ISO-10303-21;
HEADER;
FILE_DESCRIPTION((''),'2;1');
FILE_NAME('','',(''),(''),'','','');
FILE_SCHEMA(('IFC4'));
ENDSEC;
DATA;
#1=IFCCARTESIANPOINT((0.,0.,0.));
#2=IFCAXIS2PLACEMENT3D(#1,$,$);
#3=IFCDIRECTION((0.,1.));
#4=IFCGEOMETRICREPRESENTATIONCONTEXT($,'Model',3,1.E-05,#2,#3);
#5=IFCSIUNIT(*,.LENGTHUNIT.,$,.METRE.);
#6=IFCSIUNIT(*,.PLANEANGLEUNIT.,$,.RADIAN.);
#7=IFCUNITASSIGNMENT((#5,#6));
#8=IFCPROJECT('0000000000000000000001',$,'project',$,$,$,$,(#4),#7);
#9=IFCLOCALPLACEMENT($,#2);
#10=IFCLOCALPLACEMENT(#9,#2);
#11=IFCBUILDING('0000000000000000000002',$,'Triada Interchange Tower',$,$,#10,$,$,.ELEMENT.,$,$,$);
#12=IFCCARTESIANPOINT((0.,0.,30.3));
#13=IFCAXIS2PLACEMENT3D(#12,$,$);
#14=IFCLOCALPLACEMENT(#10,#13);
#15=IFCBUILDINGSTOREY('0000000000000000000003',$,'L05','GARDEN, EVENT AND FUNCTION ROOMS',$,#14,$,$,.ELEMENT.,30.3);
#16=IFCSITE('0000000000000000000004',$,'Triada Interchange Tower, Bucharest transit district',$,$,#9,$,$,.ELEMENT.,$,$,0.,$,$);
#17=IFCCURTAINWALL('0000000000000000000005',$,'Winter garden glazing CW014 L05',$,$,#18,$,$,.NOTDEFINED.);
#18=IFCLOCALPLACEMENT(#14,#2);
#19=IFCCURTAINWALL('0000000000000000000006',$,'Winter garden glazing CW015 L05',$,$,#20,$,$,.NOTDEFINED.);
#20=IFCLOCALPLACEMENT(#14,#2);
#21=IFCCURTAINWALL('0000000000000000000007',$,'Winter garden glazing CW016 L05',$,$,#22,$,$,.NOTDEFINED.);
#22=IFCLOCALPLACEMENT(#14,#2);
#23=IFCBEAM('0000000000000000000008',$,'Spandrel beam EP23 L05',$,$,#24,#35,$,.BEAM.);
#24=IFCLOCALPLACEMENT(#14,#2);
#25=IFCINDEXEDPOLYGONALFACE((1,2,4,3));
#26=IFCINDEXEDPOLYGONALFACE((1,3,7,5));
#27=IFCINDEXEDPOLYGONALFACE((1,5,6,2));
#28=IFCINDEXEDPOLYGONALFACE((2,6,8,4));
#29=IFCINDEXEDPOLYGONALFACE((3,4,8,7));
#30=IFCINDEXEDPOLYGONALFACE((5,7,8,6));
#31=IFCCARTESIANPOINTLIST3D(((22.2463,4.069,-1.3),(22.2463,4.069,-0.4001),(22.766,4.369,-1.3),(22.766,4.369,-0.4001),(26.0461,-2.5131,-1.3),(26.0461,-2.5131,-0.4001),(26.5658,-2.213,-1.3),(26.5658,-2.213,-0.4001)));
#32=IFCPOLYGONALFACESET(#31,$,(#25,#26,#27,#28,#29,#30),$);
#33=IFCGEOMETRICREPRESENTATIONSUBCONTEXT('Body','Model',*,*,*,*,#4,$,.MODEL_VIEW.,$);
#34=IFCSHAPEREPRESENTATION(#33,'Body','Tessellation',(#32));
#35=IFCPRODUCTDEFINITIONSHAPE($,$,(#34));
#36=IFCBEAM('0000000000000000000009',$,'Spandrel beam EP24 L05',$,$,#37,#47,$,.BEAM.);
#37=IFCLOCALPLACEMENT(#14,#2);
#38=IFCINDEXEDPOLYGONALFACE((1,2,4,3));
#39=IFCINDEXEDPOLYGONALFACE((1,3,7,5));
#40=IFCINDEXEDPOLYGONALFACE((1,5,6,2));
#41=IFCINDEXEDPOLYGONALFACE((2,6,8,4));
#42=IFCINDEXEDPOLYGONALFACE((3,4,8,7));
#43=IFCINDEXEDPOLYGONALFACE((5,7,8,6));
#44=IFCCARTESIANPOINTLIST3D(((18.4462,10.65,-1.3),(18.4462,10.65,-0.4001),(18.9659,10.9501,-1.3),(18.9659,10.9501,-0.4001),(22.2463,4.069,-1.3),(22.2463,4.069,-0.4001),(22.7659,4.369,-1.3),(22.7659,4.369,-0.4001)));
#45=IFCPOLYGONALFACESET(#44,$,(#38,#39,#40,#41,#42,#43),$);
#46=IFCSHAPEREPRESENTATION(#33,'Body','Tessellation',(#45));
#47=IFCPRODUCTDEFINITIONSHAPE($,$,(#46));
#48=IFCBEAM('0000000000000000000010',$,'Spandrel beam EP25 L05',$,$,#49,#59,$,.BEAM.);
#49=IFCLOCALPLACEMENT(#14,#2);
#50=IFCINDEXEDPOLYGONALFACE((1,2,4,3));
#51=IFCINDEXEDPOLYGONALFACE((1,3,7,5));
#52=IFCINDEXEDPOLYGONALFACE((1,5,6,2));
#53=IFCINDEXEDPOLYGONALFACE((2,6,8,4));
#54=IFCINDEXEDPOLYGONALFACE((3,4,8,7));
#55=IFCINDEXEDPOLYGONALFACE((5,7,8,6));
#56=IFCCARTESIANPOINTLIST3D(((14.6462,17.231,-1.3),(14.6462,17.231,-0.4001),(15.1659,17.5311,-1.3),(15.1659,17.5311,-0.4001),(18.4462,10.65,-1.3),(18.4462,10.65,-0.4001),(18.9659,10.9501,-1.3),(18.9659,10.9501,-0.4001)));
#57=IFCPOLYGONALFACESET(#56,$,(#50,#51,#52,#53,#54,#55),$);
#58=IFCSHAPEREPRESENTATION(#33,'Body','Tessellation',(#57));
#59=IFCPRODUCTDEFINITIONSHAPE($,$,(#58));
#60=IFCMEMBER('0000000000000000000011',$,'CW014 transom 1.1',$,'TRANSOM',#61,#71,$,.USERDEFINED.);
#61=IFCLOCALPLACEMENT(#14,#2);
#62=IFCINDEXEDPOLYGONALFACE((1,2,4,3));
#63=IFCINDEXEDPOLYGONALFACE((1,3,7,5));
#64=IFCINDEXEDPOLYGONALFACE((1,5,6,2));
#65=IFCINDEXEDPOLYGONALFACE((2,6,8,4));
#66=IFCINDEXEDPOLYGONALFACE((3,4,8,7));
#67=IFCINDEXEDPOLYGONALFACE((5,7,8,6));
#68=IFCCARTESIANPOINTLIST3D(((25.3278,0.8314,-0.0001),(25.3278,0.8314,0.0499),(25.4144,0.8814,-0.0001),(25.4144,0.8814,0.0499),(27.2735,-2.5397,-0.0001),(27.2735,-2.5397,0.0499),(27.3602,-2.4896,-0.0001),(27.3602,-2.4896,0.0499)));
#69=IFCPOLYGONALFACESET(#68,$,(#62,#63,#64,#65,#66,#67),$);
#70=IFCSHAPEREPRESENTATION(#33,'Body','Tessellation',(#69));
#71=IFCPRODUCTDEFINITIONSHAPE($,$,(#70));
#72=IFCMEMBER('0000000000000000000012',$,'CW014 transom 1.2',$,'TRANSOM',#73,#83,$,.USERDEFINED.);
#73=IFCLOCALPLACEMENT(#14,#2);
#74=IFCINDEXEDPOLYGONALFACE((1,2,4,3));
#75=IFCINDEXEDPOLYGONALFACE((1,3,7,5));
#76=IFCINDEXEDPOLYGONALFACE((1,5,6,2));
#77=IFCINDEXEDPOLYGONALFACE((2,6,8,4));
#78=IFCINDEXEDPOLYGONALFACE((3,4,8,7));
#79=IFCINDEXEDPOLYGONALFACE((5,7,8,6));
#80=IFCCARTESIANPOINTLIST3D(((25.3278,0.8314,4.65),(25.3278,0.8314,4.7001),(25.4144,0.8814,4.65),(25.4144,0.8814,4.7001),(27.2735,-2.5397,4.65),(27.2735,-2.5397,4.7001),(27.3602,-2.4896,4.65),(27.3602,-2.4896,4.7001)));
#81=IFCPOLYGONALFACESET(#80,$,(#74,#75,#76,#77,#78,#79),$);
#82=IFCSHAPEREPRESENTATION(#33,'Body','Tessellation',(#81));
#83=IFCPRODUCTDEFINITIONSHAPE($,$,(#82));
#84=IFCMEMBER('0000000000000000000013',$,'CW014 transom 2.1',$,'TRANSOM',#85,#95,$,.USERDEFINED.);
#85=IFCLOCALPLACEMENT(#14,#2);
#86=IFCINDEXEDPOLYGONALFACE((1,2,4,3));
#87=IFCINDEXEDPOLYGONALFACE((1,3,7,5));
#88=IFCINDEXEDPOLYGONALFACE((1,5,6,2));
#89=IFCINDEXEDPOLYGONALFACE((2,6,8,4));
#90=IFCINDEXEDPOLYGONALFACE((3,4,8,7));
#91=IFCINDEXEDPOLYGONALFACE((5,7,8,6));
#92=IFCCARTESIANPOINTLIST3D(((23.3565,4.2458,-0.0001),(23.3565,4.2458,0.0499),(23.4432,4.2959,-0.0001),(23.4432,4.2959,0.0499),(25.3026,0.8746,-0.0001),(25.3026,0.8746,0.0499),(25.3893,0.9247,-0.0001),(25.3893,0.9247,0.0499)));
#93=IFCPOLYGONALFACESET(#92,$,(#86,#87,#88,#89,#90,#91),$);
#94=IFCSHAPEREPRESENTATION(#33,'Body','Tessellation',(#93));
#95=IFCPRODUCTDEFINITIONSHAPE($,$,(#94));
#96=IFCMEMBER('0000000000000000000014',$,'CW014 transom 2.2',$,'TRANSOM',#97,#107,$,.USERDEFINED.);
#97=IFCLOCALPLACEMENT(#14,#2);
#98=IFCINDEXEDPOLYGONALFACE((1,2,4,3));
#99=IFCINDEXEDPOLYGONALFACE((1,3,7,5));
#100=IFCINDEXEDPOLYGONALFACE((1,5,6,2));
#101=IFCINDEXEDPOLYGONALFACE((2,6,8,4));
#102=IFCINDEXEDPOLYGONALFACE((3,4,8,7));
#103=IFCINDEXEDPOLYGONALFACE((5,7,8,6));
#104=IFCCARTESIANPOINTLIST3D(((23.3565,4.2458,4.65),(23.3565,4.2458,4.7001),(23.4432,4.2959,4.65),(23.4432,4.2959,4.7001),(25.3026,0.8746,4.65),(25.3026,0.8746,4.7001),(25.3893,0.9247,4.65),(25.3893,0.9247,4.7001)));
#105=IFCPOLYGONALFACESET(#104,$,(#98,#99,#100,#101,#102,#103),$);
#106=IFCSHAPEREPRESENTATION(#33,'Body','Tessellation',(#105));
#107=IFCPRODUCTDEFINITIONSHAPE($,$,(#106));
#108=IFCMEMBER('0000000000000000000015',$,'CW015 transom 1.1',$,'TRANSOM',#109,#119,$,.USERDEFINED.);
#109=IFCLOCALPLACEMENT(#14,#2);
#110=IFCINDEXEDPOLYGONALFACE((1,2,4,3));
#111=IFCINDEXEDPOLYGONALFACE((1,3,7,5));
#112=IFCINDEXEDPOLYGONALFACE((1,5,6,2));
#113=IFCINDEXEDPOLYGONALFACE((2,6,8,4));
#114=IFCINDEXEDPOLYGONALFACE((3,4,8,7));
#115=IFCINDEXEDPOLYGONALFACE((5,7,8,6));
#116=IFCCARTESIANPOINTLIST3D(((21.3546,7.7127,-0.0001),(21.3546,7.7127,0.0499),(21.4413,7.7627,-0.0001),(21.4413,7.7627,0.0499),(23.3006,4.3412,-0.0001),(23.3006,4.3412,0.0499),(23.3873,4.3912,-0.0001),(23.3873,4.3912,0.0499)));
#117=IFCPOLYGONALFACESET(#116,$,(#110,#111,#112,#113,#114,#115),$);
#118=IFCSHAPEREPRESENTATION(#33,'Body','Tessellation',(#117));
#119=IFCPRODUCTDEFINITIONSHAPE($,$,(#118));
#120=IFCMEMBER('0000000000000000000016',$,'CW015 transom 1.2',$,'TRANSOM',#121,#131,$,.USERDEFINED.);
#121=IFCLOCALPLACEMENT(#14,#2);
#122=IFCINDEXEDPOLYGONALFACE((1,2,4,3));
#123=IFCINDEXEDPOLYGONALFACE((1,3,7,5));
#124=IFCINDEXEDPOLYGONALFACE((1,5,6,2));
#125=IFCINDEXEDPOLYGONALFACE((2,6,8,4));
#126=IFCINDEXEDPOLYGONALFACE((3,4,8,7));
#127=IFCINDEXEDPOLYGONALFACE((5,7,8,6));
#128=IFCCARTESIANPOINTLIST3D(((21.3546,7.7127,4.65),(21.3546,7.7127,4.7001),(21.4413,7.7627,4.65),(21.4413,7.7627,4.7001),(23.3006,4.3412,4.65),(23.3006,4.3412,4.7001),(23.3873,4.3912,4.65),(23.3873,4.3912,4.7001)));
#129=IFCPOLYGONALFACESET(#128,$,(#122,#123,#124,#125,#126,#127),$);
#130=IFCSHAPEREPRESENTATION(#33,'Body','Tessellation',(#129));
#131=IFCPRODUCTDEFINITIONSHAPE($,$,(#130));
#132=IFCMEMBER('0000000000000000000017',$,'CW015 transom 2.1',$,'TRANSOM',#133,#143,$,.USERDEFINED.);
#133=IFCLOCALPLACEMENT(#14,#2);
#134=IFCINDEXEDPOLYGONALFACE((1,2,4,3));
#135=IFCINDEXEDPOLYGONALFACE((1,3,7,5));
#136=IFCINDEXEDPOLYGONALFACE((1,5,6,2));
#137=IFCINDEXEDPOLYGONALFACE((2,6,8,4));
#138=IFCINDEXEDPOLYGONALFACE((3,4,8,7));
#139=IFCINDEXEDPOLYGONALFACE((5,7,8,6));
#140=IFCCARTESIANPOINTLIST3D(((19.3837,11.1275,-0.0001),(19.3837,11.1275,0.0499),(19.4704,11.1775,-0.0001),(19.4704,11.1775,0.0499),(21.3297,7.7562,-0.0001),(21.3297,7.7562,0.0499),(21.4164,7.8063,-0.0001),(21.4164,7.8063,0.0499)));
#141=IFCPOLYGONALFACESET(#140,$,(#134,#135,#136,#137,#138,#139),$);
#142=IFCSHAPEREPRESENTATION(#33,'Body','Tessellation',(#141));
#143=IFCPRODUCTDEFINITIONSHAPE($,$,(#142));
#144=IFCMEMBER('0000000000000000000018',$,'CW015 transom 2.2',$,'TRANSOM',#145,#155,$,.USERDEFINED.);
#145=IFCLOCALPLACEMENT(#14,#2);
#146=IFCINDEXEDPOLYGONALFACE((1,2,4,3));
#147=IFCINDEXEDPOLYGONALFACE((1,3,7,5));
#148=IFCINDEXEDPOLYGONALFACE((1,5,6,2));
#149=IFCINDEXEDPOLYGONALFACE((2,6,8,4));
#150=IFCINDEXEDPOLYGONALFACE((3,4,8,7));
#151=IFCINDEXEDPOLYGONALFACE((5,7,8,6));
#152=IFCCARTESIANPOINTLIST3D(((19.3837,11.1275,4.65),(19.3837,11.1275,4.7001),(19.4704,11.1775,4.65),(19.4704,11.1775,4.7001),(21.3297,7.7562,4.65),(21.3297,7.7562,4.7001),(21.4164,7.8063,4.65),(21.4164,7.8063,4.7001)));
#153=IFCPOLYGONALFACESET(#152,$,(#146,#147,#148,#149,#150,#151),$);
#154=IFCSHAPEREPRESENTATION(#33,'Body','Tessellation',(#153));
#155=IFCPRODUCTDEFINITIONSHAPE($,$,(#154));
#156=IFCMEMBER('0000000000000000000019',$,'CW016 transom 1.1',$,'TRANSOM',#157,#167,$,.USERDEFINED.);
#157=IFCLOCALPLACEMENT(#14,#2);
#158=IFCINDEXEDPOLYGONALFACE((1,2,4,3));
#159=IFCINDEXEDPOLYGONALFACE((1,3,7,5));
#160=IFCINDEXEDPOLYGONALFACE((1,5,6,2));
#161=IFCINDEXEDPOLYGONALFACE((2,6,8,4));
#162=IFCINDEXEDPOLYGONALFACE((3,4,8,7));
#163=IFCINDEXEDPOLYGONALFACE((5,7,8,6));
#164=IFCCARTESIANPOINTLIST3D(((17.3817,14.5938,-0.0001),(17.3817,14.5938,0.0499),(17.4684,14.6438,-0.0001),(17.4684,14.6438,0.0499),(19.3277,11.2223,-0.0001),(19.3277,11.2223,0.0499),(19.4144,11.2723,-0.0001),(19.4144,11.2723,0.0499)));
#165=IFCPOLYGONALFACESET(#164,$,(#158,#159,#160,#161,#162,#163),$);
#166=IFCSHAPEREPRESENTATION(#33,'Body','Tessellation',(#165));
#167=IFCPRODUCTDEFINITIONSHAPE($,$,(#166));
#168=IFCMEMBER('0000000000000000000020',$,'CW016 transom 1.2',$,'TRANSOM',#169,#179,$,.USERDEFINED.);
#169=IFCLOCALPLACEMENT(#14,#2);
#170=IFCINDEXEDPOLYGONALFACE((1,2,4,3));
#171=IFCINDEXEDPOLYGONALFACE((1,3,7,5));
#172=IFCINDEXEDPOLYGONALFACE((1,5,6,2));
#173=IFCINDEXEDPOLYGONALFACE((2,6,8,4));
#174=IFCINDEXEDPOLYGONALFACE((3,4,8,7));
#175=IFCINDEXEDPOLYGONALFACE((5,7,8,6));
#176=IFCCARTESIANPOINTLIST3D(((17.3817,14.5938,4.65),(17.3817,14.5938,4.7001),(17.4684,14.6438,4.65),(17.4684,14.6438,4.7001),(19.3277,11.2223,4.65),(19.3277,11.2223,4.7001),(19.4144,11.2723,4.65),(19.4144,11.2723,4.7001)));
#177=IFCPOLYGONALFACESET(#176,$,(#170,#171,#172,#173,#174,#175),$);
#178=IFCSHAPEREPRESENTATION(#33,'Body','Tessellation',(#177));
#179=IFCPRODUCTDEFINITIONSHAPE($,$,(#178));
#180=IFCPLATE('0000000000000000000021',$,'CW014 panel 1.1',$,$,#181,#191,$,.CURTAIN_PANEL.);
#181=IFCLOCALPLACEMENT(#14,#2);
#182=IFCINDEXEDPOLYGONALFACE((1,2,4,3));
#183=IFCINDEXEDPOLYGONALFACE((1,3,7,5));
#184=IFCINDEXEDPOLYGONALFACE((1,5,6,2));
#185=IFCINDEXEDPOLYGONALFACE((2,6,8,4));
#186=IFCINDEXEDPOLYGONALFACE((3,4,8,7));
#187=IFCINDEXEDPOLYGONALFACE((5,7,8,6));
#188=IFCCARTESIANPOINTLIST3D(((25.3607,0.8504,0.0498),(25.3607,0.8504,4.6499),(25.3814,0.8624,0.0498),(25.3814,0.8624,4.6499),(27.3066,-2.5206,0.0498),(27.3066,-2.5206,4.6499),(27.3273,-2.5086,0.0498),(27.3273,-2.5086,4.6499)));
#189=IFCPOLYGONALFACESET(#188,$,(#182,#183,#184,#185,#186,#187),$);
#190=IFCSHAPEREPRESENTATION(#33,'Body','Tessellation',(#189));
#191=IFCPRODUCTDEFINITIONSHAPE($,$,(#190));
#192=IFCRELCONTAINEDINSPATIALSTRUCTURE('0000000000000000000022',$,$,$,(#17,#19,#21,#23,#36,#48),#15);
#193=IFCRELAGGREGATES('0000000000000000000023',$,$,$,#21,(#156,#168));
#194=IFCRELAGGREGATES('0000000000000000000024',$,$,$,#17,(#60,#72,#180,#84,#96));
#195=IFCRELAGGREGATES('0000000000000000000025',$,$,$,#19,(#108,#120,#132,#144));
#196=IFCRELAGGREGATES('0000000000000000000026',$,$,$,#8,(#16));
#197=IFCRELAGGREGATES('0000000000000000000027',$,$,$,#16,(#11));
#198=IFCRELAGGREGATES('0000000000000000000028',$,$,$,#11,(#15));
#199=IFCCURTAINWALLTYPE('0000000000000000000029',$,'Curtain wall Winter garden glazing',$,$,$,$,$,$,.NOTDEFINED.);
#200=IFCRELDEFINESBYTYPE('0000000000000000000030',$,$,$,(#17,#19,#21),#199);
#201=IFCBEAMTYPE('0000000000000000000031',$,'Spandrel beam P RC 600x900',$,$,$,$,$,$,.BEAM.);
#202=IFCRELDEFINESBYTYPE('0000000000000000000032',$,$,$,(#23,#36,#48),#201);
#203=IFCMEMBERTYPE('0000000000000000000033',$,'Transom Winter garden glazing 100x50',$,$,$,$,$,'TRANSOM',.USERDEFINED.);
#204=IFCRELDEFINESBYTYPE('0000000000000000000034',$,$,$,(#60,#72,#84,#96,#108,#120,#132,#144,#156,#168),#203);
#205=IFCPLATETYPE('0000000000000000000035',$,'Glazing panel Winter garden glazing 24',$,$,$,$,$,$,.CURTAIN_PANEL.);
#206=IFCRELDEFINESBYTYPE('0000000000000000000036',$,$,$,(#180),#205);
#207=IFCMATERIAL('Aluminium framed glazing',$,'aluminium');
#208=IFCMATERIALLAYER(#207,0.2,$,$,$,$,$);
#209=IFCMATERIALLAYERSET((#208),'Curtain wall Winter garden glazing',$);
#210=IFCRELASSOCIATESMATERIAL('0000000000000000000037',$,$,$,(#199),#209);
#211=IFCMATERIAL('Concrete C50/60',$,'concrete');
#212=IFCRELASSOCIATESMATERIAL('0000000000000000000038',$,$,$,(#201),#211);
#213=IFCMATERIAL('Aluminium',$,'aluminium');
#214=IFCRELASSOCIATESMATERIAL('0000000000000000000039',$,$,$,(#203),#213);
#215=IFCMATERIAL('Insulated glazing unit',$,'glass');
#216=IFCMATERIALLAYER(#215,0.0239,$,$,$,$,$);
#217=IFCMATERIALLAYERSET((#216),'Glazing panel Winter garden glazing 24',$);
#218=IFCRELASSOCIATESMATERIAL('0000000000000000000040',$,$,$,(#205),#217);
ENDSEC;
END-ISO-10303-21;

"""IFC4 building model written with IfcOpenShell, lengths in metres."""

from ifc_helpers import new_model, si_unit, direction, frame, origin, origin_2d, place, context, subcontext, project, spatial, rectangle, extrude, material, layer, layer_set, material_profile, profile_set, type_object, element, aggregate, save


model = new_model("IFC4")

# Units and contexts
model_context = context("Model", 3, precision=1e-05, world=origin(), true_north=direction((0.0, 1.0)))
body_context = subcontext(model_context, "Body", "Model", "MODEL_VIEW")
ifc_project = project(units=[si_unit("LENGTHUNIT", "METRE"), si_unit("PLANEANGLEUNIT", "RADIAN")], contexts=[model_context])

# Site, building, storey
site_placement = place(None, origin())
site = spatial("IfcSite", under=ifc_project, at=site_placement, Name="Triada Interchange Tower, Bucharest transit district", CompositionType="ELEMENT", RefElevation=0.0)
building_placement = place(site_placement, origin())
building = spatial("IfcBuilding", under=site, at=building_placement, Name="Triada Interchange Tower", CompositionType="ELEMENT")
storey_placement = place(building_placement, frame((0.0, 0.0, 30.3)))
storey = spatial("IfcBuildingStorey", under=building, at=storey_placement, Name="L05", Description="GARDEN, EVENT AND FUNCTION ROOMS", CompositionType="ELEMENT", Elevation=30.3)

# Shared definitions
ifc_material_1 = material(Name="Aluminium framed glazing", Category="aluminium")
ifc_layer_1 = layer(ifc_material_1, 0.2)
ifc_layer_set_1 = layer_set([ifc_layer_1], Name="Curtain wall Winter garden glazing")
curtain_wall_type = type_object("IfcCurtainWallType", Name="Curtain wall Winter garden glazing", PredefinedType="NOTDEFINED", material=ifc_layer_set_1)
ifc_material_2 = material(Name="Aluminium", Category="aluminium")

# Curtain walls
curtain_wall_1_placement = place(storey_placement, origin())
curtain_wall_1 = element("IfcCurtainWall", 1, at=curtain_wall_1_placement, inside=storey, type_object=curtain_wall_type, Name="Winter garden glazing CW014 L05", PredefinedType="NOTDEFINED")
curtain_wall_2_placement = place(storey_placement, origin())
curtain_wall_2 = element("IfcCurtainWall", 2, at=curtain_wall_2_placement, inside=storey, type_object=curtain_wall_type, Name="Winter garden glazing CW015 L05", PredefinedType="NOTDEFINED")

# Curtain wall
curtain_wall_3_placement = place(storey_placement, origin())
curtain_wall_3 = element("IfcCurtainWall", 3, at=curtain_wall_3_placement, inside=storey, type_object=curtain_wall_type, Name="Winter garden glazing CW016 L05", PredefinedType="NOTDEFINED")

# Beams
ifc_material_3 = material(Name="Concrete C50/60", Category="concrete")
ifc_material_profile_1 = material_profile(ifc_material_3, rectangle(XDim=0.6001, YDim=0.8999, at=origin_2d()), Name="RC 600x900")
ifc_profile_set_1 = profile_set([ifc_material_profile_1], Name="Concrete C50/60")
beam_type_1 = type_object("IfcBeamType", Name="Spandrel beam P RC 600x900", PredefinedType="BEAM", material=ifc_profile_set_1)
beam_1_placement = place(storey_placement, frame((26.3059, -2.363, -0.8501), z_axis=(-0.499967, 0.866044, 0.0), x_axis=(-0.866044, -0.499967, 0.0)))
element("IfcBeam", 4, at=beam_1_placement, inside=storey, type_object=beam_type_1, Name="Spandrel beam EP23 L05", PredefinedType="BEAM", context=body_context, shape_type="SweptSolid", body=[
    extrude(rectangle(XDim=0.6001, YDim=0.8999, at=origin_2d()), origin(), (0.0, 0.0, 1.0), 7.6001),
])
for number, where, z_axis, x_axis, name in (
    (5, (22.5061, 4.219, -0.8501), (-0.500047, 0.865998, 0.0), (-0.865998, -0.500047, 0.0), "Spandrel beam EP24 L05"),
    (6, (18.7061, 10.8, -0.8501), (-0.500047, 0.865998, 0.0), (-0.865998, -0.500047, 0.0), "Spandrel beam EP25 L05"),
):
    element("IfcBeam", number, at=place(storey_placement, frame(where, z_axis=z_axis, x_axis=x_axis)), inside=storey, type_object=beam_type_1, Name=name, PredefinedType="BEAM", context=body_context, shape_type="SweptSolid", body=[
        extrude(rectangle(XDim=0.6001, YDim=0.8999, at=origin_2d()), origin(), (0.0, 0.0, 1.0), 7.5994),
    ])

# Members
ifc_material_profile_2 = material_profile(ifc_material_2, rectangle(XDim=0.1001, YDim=0.05, at=origin_2d()), Name="Aluminium transom")
ifc_profile_set_2 = profile_set([ifc_material_profile_2], Name="Aluminium")
member_type_1 = type_object("IfcMemberType", Name="Transom Winter garden glazing 100x50", ElementType="TRANSOM", PredefinedType="USERDEFINED", material=ifc_profile_set_2)
member_1_placement = place(storey_placement, frame((27.3169, -2.5146, 0.0249), z_axis=(-0.499903, 0.866081, 0.0), x_axis=(-0.866081, -0.499903, 0.0)))
member_1 = element("IfcMember", 7, at=member_1_placement, type_object=member_type_1, Name="CW014 transom 1.1", ObjectType="TRANSOM", PredefinedType="USERDEFINED", context=body_context, shape_type="SweptSolid", body=[
    extrude(rectangle(XDim=0.1001, YDim=0.05, at=origin_2d()), origin(), (0.0, 0.0, 1.0), 3.8923),
])
member_2_placement = place(storey_placement, frame((27.3169, -2.5146, 4.675), z_axis=(-0.499903, 0.866081, 0.0), x_axis=(-0.866081, -0.499903, 0.0)))
member_2 = element("IfcMember", 8, at=member_2_placement, type_object=member_type_1, Name="CW014 transom 1.2", ObjectType="TRANSOM", PredefinedType="USERDEFINED", context=body_context, shape_type="SweptSolid", body=[
    extrude(rectangle(XDim=0.1001, YDim=0.05, at=origin_2d()), origin(), (0.0, 0.0, 1.0), 3.8923),
])
member_3_placement = place(storey_placement, frame((25.3459, 0.8997, 0.0249), z_axis=(-0.49995, 0.866054, 0.0), x_axis=(-0.866054, -0.49995, 0.0)))
member_3 = element("IfcMember", 9, at=member_3_placement, type_object=member_type_1, Name="CW014 transom 2.1", ObjectType="TRANSOM", PredefinedType="USERDEFINED", context=body_context, shape_type="SweptSolid", body=[
    extrude(rectangle(XDim=0.1001, YDim=0.05, at=origin_2d()), origin(), (0.0, 0.0, 1.0), 3.8926),
])
member_4_placement = place(storey_placement, frame((25.3459, 0.8997, 4.675), z_axis=(-0.49995, 0.866054, 0.0), x_axis=(-0.866054, -0.49995, 0.0)))
member_4 = element("IfcMember", 10, at=member_4_placement, type_object=member_type_1, Name="CW014 transom 2.2", ObjectType="TRANSOM", PredefinedType="USERDEFINED", context=body_context, shape_type="SweptSolid", body=[
    extrude(rectangle(XDim=0.1001, YDim=0.05, at=origin_2d()), origin(), (0.0, 0.0, 1.0), 3.8926),
])
member_5_placement = place(storey_placement, frame((23.344, 4.3662, 0.0249), z_axis=(-0.499896, 0.866085, 0.0), x_axis=(-0.866085, -0.499896, 0.0)))
member_5 = element("IfcMember", 11, at=member_5_placement, type_object=member_type_1, Name="CW015 transom 1.1", ObjectType="TRANSOM", PredefinedType="USERDEFINED", context=body_context, shape_type="SweptSolid", body=[
    extrude(rectangle(XDim=0.1001, YDim=0.05, at=origin_2d()), origin(), (0.0, 0.0, 1.0), 3.8928),
])
member_6_placement = place(storey_placement, frame((23.344, 4.3662, 4.675), z_axis=(-0.499896, 0.866085, 0.0), x_axis=(-0.866085, -0.499896, 0.0)))
member_6 = element("IfcMember", 12, at=member_6_placement, type_object=member_type_1, Name="CW015 transom 1.2", ObjectType="TRANSOM", PredefinedType="USERDEFINED", context=body_context, shape_type="SweptSolid", body=[
    extrude(rectangle(XDim=0.1001, YDim=0.05, at=origin_2d()), origin(), (0.0, 0.0, 1.0), 3.8928),
])
member_7_placement = place(storey_placement, frame((21.373, 7.7812, 0.0249), z_axis=(-0.499923, 0.86607, 0.0), x_axis=(-0.86607, -0.499923, 0.0)))
member_7 = element("IfcMember", 13, at=member_7_placement, type_object=member_type_1, Name="CW015 transom 2.1", ObjectType="TRANSOM", PredefinedType="USERDEFINED", context=body_context, shape_type="SweptSolid", body=[
    extrude(rectangle(XDim=0.1001, YDim=0.05, at=origin_2d()), origin(), (0.0, 0.0, 1.0), 3.8926),
])
member_8_placement = place(storey_placement, frame((21.373, 7.7812, 4.675), z_axis=(-0.499923, 0.86607, 0.0), x_axis=(-0.86607, -0.499923, 0.0)))
member_8 = element("IfcMember", 14, at=member_8_placement, type_object=member_type_1, Name="CW015 transom 2.2", ObjectType="TRANSOM", PredefinedType="USERDEFINED", context=body_context, shape_type="SweptSolid", body=[
    extrude(rectangle(XDim=0.1001, YDim=0.05, at=origin_2d()), origin(), (0.0, 0.0, 1.0), 3.8926),
])
member_9_placement = place(storey_placement, frame((19.3711, 11.2473, 0.0249), z_axis=(-0.499896, 0.866085, 0.0), x_axis=(-0.866085, -0.499896, 0.0)))
member_9 = element("IfcMember", 15, at=member_9_placement, type_object=member_type_1, Name="CW016 transom 1.1", ObjectType="TRANSOM", PredefinedType="USERDEFINED", context=body_context, shape_type="SweptSolid", body=[
    extrude(rectangle(XDim=0.1001, YDim=0.05, at=origin_2d()), origin(), (0.0, 0.0, 1.0), 3.8928),
])
member_10_placement = place(storey_placement, frame((19.3711, 11.2473, 4.675), z_axis=(-0.499896, 0.866085, 0.0), x_axis=(-0.866085, -0.499896, 0.0)))
member_10 = element("IfcMember", 16, at=member_10_placement, type_object=member_type_1, Name="CW016 transom 1.2", ObjectType="TRANSOM", PredefinedType="USERDEFINED", context=body_context, shape_type="SweptSolid", body=[
    extrude(rectangle(XDim=0.1001, YDim=0.05, at=origin_2d()), origin(), (0.0, 0.0, 1.0), 3.8928),
])
aggregate(curtain_wall_3, [member_9, member_10])

# Plate
ifc_material_4 = material(Name="Insulated glazing unit", Category="glass")
ifc_layer_2 = layer(ifc_material_4, 0.0239)
ifc_layer_set_2 = layer_set([ifc_layer_2], Name="Glazing panel Winter garden glazing 24")
plate_type = type_object("IfcPlateType", Name="Glazing panel Winter garden glazing 24", PredefinedType="CURTAIN_PANEL", material=ifc_layer_set_2)
plate_1_placement = place(storey_placement, frame((26.344, -0.8291, 0.0498), z_axis=(0.0, 0.0, 1.0), x_axis=(-0.499948, 0.866055, 0.0)))
plate_1 = element("IfcPlate", 17, at=plate_1_placement, type_object=plate_type, Name="CW014 panel 1.1", PredefinedType="CURTAIN_PANEL", context=body_context, shape_type="SweptSolid", body=[
    extrude(rectangle(XDim=3.8923, YDim=0.0239, at=origin_2d()), origin(), (0.0, 0.0, 1.0), 4.6001),
])
aggregate(curtain_wall_1, [member_1, member_2, plate_1, member_3, member_4])
aggregate(curtain_wall_2, [member_5, member_6, member_7, member_8])

save(model, "model.ifc")
